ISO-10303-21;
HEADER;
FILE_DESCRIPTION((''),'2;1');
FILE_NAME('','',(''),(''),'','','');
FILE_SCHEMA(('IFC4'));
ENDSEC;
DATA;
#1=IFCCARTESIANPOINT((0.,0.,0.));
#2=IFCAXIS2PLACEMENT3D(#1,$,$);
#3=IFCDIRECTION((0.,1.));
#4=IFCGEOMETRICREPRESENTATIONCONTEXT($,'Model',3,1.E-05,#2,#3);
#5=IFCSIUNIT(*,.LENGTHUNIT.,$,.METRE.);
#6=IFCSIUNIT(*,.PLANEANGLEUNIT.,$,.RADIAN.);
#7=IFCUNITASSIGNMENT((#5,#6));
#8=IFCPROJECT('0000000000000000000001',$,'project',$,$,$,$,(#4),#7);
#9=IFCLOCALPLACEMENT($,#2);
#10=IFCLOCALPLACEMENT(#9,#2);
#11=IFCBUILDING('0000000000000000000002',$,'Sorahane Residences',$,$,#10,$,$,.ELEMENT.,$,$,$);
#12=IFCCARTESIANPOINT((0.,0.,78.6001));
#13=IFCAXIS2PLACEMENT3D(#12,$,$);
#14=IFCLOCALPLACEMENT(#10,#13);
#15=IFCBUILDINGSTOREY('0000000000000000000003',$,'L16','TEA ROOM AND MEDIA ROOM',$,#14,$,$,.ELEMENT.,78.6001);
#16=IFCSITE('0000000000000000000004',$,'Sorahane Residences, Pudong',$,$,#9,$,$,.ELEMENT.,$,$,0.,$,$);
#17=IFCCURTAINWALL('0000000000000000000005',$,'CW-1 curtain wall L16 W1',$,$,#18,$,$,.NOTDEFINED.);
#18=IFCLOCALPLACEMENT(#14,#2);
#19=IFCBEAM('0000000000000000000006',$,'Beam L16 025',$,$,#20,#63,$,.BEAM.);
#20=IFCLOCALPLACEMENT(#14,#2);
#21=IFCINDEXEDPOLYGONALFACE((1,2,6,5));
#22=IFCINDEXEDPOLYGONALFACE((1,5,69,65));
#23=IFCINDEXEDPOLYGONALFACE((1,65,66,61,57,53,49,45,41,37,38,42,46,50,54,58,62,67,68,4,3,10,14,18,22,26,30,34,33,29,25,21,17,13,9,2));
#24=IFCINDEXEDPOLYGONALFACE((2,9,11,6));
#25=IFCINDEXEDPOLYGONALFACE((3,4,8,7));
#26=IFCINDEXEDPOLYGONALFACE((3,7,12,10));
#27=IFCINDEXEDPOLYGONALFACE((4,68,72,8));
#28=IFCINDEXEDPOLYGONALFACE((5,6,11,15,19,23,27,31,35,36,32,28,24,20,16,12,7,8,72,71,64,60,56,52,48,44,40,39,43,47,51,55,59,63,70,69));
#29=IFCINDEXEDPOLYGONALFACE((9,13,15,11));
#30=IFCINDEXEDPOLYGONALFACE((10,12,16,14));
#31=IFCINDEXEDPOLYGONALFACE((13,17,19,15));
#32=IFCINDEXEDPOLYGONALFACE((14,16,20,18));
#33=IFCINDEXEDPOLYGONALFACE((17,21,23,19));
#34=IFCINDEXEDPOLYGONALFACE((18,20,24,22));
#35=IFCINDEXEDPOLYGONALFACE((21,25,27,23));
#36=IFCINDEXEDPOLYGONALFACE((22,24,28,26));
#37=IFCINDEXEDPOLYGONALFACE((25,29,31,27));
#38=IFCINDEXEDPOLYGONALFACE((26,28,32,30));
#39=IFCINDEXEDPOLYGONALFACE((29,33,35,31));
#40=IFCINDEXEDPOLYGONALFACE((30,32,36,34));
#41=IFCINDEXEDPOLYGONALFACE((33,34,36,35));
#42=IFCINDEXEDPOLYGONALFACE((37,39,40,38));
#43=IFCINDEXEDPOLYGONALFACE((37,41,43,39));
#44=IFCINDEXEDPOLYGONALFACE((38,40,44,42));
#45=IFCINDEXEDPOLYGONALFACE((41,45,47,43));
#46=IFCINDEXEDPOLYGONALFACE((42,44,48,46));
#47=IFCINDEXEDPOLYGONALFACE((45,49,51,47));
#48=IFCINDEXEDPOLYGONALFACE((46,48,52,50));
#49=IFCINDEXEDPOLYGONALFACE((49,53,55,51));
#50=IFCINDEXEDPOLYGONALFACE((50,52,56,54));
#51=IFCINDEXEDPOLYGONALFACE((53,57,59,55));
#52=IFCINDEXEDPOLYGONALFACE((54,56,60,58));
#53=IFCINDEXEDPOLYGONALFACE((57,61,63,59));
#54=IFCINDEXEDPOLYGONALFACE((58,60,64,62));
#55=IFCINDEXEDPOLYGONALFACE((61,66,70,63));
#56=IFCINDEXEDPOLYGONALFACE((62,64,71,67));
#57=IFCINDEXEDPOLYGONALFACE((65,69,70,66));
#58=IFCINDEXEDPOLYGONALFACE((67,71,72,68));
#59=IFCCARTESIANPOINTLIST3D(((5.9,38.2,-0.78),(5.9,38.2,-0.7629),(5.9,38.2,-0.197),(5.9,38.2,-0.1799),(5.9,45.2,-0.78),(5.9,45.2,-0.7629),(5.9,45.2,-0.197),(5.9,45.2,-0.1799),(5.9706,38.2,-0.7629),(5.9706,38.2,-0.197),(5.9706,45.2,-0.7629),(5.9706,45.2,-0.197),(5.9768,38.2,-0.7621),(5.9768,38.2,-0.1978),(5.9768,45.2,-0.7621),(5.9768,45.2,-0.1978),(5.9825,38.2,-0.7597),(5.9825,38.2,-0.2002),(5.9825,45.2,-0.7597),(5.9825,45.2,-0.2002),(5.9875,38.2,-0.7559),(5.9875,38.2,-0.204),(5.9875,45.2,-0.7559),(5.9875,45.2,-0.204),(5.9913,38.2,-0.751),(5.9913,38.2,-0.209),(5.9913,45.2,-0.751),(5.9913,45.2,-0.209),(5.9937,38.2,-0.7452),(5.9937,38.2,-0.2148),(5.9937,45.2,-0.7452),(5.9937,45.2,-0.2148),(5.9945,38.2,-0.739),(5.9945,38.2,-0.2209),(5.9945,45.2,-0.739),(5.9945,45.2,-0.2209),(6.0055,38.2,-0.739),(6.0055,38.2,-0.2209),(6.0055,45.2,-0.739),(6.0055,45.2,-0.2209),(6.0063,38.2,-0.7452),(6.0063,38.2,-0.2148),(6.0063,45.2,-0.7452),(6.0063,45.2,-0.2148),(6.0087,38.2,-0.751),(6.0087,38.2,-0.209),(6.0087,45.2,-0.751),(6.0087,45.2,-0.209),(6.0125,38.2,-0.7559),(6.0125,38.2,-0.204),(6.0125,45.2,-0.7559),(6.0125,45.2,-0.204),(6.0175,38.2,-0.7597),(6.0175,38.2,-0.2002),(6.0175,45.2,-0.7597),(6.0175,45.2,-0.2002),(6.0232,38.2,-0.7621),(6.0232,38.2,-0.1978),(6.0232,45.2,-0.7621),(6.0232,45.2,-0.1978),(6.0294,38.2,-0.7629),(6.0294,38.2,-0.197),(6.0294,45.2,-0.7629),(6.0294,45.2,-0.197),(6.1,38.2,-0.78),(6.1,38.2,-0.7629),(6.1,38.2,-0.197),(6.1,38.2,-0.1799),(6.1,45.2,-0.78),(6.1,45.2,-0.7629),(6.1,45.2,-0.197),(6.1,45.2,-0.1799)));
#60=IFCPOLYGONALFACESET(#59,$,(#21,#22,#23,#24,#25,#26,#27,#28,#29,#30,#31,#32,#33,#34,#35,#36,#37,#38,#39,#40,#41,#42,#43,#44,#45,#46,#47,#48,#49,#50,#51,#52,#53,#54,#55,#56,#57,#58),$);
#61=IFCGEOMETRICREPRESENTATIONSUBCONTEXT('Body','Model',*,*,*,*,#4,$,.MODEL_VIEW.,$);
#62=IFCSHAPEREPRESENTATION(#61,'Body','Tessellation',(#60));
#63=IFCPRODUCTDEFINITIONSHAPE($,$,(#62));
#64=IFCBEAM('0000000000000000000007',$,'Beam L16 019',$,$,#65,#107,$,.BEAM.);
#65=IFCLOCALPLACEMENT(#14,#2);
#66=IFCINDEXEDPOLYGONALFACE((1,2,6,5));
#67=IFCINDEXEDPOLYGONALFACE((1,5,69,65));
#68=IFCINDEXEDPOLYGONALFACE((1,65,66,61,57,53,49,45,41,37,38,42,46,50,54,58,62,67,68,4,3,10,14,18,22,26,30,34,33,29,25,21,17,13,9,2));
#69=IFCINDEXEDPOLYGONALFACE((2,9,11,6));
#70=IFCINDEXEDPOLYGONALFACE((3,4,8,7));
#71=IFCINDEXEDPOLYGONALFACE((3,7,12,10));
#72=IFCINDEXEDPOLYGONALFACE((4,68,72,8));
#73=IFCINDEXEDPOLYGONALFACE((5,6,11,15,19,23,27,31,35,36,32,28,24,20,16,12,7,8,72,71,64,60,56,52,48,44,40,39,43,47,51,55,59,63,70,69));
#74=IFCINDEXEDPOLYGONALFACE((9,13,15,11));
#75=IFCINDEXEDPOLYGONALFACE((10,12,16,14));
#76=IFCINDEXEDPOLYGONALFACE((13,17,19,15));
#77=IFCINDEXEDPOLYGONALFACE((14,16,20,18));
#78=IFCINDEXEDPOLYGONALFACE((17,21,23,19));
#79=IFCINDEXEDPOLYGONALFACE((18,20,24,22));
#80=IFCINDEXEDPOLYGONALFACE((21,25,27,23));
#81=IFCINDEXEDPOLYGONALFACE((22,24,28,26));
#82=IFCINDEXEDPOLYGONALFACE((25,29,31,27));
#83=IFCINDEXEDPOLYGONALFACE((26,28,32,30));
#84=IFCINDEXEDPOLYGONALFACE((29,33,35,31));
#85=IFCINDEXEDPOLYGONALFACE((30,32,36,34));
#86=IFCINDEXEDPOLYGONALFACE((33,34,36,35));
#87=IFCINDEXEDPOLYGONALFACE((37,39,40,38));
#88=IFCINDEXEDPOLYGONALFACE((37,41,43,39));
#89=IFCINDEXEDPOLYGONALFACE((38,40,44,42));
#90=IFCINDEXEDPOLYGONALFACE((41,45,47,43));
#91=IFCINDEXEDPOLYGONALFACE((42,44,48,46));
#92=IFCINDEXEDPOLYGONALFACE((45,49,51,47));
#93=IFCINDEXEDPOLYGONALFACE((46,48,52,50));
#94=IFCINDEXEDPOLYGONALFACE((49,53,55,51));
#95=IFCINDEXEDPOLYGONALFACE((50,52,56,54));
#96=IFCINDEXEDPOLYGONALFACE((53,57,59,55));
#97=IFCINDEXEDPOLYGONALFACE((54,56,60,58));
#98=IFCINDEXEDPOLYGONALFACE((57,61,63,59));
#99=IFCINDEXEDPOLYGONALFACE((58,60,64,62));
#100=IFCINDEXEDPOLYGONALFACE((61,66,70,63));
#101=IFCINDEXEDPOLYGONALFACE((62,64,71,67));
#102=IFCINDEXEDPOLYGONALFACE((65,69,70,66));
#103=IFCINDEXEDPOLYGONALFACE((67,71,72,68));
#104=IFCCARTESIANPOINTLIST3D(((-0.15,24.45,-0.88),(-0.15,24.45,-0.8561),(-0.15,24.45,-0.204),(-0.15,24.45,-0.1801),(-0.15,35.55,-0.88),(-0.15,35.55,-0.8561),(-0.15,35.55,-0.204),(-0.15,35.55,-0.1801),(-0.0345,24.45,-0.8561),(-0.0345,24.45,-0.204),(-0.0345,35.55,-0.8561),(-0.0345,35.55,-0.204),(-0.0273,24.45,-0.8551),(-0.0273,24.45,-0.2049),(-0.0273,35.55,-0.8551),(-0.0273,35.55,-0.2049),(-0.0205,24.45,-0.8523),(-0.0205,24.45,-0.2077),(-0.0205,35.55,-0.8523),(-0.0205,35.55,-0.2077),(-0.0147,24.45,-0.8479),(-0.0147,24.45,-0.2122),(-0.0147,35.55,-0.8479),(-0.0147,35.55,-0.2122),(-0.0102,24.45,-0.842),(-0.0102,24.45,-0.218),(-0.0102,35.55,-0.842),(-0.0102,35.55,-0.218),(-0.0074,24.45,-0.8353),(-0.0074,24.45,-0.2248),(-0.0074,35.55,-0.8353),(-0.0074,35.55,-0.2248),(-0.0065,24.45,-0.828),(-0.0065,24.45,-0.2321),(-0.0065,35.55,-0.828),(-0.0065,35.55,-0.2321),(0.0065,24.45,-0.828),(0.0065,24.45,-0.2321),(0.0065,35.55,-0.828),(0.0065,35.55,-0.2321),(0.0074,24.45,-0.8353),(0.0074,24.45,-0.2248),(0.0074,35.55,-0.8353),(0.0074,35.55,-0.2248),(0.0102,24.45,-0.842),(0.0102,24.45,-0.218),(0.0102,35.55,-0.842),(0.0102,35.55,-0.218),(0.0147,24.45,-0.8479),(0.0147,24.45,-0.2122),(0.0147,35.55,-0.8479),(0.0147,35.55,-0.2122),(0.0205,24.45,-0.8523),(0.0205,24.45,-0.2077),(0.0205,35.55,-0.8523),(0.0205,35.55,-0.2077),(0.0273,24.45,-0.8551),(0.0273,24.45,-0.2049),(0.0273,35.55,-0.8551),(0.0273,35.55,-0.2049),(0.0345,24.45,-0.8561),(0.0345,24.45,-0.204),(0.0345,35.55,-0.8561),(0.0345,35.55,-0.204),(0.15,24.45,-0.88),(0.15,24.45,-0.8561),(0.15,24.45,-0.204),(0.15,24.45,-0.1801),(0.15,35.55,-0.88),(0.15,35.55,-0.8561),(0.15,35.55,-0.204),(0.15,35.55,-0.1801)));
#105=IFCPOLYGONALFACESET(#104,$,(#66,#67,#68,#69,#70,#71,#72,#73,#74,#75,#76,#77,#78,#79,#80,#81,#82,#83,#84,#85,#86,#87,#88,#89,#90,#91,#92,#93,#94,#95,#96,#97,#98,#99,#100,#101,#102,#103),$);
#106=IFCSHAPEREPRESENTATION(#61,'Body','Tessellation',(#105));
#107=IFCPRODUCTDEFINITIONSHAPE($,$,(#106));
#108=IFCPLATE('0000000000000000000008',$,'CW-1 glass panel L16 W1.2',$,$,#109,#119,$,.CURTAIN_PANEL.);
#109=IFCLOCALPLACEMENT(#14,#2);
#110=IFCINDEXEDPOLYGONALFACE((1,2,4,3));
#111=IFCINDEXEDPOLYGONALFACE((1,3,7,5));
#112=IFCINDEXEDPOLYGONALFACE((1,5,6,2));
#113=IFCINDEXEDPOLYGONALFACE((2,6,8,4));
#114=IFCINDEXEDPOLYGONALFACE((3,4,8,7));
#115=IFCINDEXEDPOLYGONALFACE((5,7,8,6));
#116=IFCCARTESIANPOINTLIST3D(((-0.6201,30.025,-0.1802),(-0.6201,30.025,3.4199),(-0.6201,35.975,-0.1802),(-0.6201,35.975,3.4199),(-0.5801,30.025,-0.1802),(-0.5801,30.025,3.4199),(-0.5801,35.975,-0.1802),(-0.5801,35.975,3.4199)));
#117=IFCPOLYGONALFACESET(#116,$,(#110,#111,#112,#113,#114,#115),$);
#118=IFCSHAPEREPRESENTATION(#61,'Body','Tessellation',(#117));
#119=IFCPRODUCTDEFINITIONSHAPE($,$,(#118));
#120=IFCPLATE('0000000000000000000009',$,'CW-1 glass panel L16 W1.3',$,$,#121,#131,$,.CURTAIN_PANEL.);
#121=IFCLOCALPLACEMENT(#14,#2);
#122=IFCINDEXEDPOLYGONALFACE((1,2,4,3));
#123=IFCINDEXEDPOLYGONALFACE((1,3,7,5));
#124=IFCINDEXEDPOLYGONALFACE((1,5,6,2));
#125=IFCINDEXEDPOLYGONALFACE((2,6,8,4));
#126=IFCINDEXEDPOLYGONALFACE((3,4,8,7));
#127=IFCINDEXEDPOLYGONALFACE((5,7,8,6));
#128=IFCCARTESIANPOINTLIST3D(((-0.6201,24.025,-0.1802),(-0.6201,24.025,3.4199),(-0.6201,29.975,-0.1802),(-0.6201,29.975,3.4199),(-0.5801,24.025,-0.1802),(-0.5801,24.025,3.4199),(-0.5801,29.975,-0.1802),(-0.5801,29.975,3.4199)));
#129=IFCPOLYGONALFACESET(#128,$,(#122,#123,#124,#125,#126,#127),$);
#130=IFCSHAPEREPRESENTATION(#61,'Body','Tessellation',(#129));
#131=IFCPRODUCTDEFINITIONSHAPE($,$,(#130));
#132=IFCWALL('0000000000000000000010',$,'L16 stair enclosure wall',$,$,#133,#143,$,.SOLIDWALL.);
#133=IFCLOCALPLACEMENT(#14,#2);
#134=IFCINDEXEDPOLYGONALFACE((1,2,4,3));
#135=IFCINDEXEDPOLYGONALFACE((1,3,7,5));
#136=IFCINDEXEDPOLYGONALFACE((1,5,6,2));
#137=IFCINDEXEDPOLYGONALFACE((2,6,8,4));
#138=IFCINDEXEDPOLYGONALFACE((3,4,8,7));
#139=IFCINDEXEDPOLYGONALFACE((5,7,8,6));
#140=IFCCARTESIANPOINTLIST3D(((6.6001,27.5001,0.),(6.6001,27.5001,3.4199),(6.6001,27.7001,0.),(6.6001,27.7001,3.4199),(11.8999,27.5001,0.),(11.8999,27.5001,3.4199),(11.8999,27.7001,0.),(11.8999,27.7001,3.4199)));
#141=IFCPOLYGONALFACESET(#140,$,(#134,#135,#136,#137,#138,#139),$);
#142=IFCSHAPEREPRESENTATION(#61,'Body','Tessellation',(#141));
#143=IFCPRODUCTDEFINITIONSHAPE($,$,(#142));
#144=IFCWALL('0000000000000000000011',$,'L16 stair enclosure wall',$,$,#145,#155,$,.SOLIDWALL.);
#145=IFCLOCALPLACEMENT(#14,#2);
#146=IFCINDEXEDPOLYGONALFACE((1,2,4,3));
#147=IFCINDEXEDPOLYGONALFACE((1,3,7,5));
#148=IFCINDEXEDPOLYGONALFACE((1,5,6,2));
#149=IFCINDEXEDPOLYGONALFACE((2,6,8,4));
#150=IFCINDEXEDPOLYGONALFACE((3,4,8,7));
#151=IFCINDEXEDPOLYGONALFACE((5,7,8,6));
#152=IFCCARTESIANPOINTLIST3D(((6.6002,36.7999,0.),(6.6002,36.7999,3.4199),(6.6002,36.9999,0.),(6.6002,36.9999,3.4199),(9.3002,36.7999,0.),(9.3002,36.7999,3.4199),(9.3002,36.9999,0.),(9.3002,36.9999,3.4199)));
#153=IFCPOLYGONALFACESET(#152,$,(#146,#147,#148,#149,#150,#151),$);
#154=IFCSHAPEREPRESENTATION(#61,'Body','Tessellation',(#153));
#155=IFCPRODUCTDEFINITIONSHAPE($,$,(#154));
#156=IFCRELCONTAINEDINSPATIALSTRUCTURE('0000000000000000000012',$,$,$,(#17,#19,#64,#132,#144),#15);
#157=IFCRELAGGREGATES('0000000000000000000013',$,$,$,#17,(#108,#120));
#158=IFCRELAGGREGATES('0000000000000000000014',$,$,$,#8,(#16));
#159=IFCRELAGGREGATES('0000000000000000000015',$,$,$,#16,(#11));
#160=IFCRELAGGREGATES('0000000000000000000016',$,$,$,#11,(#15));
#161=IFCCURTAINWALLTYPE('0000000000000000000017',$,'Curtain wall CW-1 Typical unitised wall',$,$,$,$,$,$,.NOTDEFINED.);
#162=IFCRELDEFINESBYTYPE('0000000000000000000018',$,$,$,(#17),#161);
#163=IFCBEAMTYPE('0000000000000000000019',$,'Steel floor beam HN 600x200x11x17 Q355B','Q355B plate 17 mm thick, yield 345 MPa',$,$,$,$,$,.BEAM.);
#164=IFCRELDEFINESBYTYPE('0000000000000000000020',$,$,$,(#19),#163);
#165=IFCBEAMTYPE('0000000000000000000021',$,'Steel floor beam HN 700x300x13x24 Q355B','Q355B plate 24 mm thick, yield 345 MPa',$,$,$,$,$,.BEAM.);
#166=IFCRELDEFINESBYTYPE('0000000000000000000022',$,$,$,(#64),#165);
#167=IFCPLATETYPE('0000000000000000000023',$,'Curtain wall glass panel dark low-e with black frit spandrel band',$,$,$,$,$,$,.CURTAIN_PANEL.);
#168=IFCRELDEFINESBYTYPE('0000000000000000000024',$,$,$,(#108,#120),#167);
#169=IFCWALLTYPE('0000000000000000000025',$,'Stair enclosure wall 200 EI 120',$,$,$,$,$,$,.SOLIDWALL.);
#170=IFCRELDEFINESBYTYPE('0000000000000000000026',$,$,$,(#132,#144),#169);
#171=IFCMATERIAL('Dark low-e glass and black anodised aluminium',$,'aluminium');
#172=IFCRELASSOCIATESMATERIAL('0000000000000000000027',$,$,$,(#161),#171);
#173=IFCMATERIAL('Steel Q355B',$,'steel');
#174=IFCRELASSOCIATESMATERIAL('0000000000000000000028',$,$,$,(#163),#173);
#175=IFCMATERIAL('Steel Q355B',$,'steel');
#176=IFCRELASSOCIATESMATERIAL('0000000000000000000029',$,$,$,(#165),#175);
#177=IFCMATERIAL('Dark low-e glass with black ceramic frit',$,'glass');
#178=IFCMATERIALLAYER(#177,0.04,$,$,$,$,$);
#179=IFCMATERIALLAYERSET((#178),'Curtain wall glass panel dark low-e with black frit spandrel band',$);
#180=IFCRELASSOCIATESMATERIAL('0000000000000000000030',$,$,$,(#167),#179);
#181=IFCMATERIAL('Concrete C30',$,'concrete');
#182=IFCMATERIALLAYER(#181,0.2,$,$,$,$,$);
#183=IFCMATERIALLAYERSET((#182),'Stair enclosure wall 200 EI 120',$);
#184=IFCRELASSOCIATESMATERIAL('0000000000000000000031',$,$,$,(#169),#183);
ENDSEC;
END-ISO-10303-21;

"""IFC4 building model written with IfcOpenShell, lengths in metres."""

from ifc_helpers import new_model, si_unit, direction, frame, frame_2d, origin, origin_2d, place, context, subcontext, project, spatial, rectangle, i_section, extrude, material, layer, layer_set, material_profile, profile_set, type_object, element, aggregate, save


model = new_model("IFC4")

# Units and contexts
model_context = context("Model", 3, precision=1e-05, world=origin(), true_north=direction((0.0, 1.0)))
body_context = subcontext(model_context, "Body", "Model", "MODEL_VIEW")
ifc_project = project(units=[si_unit("LENGTHUNIT", "METRE"), si_unit("PLANEANGLEUNIT", "RADIAN")], contexts=[model_context])

# Site, building, storey
site_placement = place(None, origin())
site = spatial("IfcSite", under=ifc_project, at=site_placement, Name="Sorahane Residences, Pudong", CompositionType="ELEMENT", RefElevation=0.0)
building_placement = place(site_placement, origin())
building = spatial("IfcBuilding", under=site, at=building_placement, Name="Sorahane Residences", CompositionType="ELEMENT")
storey_placement = place(building_placement, frame((0.0, 0.0, 78.6001)))
storey = spatial("IfcBuildingStorey", under=building, at=storey_placement, Name="L16", Description="TEA ROOM AND MEDIA ROOM", CompositionType="ELEMENT", Elevation=78.6001)

# Curtain wall
ifc_material_1 = material(Name="Dark low-e glass and black anodised aluminium", Category="aluminium")
curtain_wall_type = type_object("IfcCurtainWallType", Name="Curtain wall CW-1 Typical unitised wall", PredefinedType="NOTDEFINED", material=ifc_material_1)
curtain_wall_placement = place(storey_placement, origin())
curtain_wall = element("IfcCurtainWall", 1, at=curtain_wall_placement, inside=storey, type_object=curtain_wall_type, Name="CW-1 curtain wall L16 W1", PredefinedType="NOTDEFINED")

# Beams
ifc_material_2 = material(Name="Steel Q355B", Category="steel")
ifc_material_profile_1 = material_profile(ifc_material_2, i_section(OverallWidth=0.2, OverallDepth=0.6001, WebThickness=0.011, FlangeThickness=0.0171, FilletRadius=0.0239, at=origin_2d()), Name="HN 600x200x11x17")
ifc_profile_set_1 = profile_set([ifc_material_profile_1], Name="Steel Q355B")
beam_type_1 = type_object("IfcBeamType", Name="Steel floor beam HN 600x200x11x17 Q355B", Description="Q355B plate 17 mm thick, yield 345 MPa", PredefinedType="BEAM", material=ifc_profile_set_1)
for number, where, z_axis, x_axis, name in (
    (2, (6.0, 38.2, -0.48), (0.0, 1.0, 0.0), (-1.0, 0.0, 0.0), "Beam L16 025"),
):
    element("IfcBeam", number, at=place(storey_placement, frame(where, z_axis=z_axis, x_axis=x_axis)), inside=storey, type_object=beam_type_1, Name=name, PredefinedType="BEAM", context=body_context, shape_type="SweptSolid", body=[
        extrude(i_section(OverallWidth=0.2, OverallDepth=0.6001, WebThickness=0.011, FlangeThickness=0.0171, FilletRadius=0.0239, at=origin_2d()), origin(), (0.0, 0.0, 1.0), 7.0),
    ])
ifc_material_3 = material(Name="Steel Q355B", Category="steel")
ifc_material_profile_2 = material_profile(ifc_material_3, i_section(OverallWidth=0.3, OverallDepth=0.7, WebThickness=0.0129, FlangeThickness=0.0239, FilletRadius=0.0281, at=origin_2d()), Name="HN 700x300x13x24")
ifc_profile_set_2 = profile_set([ifc_material_profile_2], Name="Steel Q355B")
beam_type_2 = type_object("IfcBeamType", Name="Steel floor beam HN 700x300x13x24 Q355B", Description="Q355B plate 24 mm thick, yield 345 MPa", PredefinedType="BEAM", material=ifc_profile_set_2)
beam_1_placement = place(storey_placement, frame((0.0, 24.45, -0.53), z_axis=(0.0, 1.0, 0.0), x_axis=(-1.0, 0.0, 0.0)))
element("IfcBeam", 3, at=beam_1_placement, inside=storey, type_object=beam_type_2, Name="Beam L16 019", PredefinedType="BEAM", context=body_context, shape_type="SweptSolid", body=[
    extrude(i_section(OverallWidth=0.3, OverallDepth=0.7, WebThickness=0.0129, FlangeThickness=0.0239, FilletRadius=0.0281, at=origin_2d()), origin(), (0.0, 0.0, 1.0), 11.1001),
])

# Plates
ifc_material_4 = material(Name="Dark low-e glass with black ceramic frit", Category="glass")
ifc_layer_1 = layer(ifc_material_4, 0.04)
ifc_layer_set_1 = layer_set([ifc_layer_1], Name="Curtain wall glass panel dark low-e with black frit spandrel band")
plate_type = type_object("IfcPlateType", Name="Curtain wall glass panel dark low-e with black frit spandrel band", PredefinedType="CURTAIN_PANEL", material=ifc_layer_set_1)
plate_1_placement = place(storey_placement, frame((-0.6001, 33.0, -0.1802), z_axis=(0.0, 0.0, 1.0), x_axis=(0.0, -1.0, 0.0)))
plate_1 = element("IfcPlate", 4, at=plate_1_placement, type_object=plate_type, Name="CW-1 glass panel L16 W1.2", PredefinedType="CURTAIN_PANEL", context=body_context, shape_type="SweptSolid", body=[
    extrude(rectangle(XDim=5.95, YDim=0.04, at=origin_2d()), origin(), (0.0, 0.0, 1.0), 3.6001),
])
plate_2_placement = place(storey_placement, frame((-0.6001, 27.0, -0.1802), z_axis=(0.0, 0.0, 1.0), x_axis=(0.0, -1.0, 0.0)))
plate_2 = element("IfcPlate", 5, at=plate_2_placement, type_object=plate_type, Name="CW-1 glass panel L16 W1.3", PredefinedType="CURTAIN_PANEL", context=body_context, shape_type="SweptSolid", body=[
    extrude(rectangle(XDim=5.95, YDim=0.04, at=origin_2d()), origin(), (0.0, 0.0, 1.0), 3.6001),
])
aggregate(curtain_wall, [plate_1, plate_2])

# Walls
ifc_material_5 = material(Name="Concrete C30", Category="concrete")
ifc_layer_2 = layer(ifc_material_5, 0.2)
ifc_layer_set_2 = layer_set([ifc_layer_2], Name="Stair enclosure wall 200 EI 120")
wall_type = type_object("IfcWallType", Name="Stair enclosure wall 200 EI 120", PredefinedType="SOLIDWALL", material=ifc_layer_set_2)
wall_1_placement = place(storey_placement, frame((6.6001, 27.6001, 0.0), z_axis=(0.0, 0.0, 1.0), x_axis=(1.0, 0.0, 0.0)))
element("IfcWall", 6, at=wall_1_placement, inside=storey, type_object=wall_type, Name="L16 stair enclosure wall", PredefinedType="SOLIDWALL", context=body_context, shape_type="SweptSolid", body=[
    extrude(rectangle(XDim=5.2998, YDim=0.2, at=frame_2d((2.6499, 0.0))), origin(), (0.0, 0.0, 1.0), 3.4199),
])
wall_2_placement = place(storey_placement, frame((6.6001, 36.8999, 0.0), z_axis=(0.0, 0.0, 1.0), x_axis=(1.0, 0.0, 0.0)))
element("IfcWall", 7, at=wall_2_placement, inside=storey, type_object=wall_type, Name="L16 stair enclosure wall", PredefinedType="SOLIDWALL", context=body_context, shape_type="SweptSolid", body=[
    extrude(rectangle(XDim=2.7, YDim=0.2, at=frame_2d((1.3501, 0.0))), origin(), (0.0, 0.0, 1.0), 3.4199),
])

save(model, "model.ifc")
